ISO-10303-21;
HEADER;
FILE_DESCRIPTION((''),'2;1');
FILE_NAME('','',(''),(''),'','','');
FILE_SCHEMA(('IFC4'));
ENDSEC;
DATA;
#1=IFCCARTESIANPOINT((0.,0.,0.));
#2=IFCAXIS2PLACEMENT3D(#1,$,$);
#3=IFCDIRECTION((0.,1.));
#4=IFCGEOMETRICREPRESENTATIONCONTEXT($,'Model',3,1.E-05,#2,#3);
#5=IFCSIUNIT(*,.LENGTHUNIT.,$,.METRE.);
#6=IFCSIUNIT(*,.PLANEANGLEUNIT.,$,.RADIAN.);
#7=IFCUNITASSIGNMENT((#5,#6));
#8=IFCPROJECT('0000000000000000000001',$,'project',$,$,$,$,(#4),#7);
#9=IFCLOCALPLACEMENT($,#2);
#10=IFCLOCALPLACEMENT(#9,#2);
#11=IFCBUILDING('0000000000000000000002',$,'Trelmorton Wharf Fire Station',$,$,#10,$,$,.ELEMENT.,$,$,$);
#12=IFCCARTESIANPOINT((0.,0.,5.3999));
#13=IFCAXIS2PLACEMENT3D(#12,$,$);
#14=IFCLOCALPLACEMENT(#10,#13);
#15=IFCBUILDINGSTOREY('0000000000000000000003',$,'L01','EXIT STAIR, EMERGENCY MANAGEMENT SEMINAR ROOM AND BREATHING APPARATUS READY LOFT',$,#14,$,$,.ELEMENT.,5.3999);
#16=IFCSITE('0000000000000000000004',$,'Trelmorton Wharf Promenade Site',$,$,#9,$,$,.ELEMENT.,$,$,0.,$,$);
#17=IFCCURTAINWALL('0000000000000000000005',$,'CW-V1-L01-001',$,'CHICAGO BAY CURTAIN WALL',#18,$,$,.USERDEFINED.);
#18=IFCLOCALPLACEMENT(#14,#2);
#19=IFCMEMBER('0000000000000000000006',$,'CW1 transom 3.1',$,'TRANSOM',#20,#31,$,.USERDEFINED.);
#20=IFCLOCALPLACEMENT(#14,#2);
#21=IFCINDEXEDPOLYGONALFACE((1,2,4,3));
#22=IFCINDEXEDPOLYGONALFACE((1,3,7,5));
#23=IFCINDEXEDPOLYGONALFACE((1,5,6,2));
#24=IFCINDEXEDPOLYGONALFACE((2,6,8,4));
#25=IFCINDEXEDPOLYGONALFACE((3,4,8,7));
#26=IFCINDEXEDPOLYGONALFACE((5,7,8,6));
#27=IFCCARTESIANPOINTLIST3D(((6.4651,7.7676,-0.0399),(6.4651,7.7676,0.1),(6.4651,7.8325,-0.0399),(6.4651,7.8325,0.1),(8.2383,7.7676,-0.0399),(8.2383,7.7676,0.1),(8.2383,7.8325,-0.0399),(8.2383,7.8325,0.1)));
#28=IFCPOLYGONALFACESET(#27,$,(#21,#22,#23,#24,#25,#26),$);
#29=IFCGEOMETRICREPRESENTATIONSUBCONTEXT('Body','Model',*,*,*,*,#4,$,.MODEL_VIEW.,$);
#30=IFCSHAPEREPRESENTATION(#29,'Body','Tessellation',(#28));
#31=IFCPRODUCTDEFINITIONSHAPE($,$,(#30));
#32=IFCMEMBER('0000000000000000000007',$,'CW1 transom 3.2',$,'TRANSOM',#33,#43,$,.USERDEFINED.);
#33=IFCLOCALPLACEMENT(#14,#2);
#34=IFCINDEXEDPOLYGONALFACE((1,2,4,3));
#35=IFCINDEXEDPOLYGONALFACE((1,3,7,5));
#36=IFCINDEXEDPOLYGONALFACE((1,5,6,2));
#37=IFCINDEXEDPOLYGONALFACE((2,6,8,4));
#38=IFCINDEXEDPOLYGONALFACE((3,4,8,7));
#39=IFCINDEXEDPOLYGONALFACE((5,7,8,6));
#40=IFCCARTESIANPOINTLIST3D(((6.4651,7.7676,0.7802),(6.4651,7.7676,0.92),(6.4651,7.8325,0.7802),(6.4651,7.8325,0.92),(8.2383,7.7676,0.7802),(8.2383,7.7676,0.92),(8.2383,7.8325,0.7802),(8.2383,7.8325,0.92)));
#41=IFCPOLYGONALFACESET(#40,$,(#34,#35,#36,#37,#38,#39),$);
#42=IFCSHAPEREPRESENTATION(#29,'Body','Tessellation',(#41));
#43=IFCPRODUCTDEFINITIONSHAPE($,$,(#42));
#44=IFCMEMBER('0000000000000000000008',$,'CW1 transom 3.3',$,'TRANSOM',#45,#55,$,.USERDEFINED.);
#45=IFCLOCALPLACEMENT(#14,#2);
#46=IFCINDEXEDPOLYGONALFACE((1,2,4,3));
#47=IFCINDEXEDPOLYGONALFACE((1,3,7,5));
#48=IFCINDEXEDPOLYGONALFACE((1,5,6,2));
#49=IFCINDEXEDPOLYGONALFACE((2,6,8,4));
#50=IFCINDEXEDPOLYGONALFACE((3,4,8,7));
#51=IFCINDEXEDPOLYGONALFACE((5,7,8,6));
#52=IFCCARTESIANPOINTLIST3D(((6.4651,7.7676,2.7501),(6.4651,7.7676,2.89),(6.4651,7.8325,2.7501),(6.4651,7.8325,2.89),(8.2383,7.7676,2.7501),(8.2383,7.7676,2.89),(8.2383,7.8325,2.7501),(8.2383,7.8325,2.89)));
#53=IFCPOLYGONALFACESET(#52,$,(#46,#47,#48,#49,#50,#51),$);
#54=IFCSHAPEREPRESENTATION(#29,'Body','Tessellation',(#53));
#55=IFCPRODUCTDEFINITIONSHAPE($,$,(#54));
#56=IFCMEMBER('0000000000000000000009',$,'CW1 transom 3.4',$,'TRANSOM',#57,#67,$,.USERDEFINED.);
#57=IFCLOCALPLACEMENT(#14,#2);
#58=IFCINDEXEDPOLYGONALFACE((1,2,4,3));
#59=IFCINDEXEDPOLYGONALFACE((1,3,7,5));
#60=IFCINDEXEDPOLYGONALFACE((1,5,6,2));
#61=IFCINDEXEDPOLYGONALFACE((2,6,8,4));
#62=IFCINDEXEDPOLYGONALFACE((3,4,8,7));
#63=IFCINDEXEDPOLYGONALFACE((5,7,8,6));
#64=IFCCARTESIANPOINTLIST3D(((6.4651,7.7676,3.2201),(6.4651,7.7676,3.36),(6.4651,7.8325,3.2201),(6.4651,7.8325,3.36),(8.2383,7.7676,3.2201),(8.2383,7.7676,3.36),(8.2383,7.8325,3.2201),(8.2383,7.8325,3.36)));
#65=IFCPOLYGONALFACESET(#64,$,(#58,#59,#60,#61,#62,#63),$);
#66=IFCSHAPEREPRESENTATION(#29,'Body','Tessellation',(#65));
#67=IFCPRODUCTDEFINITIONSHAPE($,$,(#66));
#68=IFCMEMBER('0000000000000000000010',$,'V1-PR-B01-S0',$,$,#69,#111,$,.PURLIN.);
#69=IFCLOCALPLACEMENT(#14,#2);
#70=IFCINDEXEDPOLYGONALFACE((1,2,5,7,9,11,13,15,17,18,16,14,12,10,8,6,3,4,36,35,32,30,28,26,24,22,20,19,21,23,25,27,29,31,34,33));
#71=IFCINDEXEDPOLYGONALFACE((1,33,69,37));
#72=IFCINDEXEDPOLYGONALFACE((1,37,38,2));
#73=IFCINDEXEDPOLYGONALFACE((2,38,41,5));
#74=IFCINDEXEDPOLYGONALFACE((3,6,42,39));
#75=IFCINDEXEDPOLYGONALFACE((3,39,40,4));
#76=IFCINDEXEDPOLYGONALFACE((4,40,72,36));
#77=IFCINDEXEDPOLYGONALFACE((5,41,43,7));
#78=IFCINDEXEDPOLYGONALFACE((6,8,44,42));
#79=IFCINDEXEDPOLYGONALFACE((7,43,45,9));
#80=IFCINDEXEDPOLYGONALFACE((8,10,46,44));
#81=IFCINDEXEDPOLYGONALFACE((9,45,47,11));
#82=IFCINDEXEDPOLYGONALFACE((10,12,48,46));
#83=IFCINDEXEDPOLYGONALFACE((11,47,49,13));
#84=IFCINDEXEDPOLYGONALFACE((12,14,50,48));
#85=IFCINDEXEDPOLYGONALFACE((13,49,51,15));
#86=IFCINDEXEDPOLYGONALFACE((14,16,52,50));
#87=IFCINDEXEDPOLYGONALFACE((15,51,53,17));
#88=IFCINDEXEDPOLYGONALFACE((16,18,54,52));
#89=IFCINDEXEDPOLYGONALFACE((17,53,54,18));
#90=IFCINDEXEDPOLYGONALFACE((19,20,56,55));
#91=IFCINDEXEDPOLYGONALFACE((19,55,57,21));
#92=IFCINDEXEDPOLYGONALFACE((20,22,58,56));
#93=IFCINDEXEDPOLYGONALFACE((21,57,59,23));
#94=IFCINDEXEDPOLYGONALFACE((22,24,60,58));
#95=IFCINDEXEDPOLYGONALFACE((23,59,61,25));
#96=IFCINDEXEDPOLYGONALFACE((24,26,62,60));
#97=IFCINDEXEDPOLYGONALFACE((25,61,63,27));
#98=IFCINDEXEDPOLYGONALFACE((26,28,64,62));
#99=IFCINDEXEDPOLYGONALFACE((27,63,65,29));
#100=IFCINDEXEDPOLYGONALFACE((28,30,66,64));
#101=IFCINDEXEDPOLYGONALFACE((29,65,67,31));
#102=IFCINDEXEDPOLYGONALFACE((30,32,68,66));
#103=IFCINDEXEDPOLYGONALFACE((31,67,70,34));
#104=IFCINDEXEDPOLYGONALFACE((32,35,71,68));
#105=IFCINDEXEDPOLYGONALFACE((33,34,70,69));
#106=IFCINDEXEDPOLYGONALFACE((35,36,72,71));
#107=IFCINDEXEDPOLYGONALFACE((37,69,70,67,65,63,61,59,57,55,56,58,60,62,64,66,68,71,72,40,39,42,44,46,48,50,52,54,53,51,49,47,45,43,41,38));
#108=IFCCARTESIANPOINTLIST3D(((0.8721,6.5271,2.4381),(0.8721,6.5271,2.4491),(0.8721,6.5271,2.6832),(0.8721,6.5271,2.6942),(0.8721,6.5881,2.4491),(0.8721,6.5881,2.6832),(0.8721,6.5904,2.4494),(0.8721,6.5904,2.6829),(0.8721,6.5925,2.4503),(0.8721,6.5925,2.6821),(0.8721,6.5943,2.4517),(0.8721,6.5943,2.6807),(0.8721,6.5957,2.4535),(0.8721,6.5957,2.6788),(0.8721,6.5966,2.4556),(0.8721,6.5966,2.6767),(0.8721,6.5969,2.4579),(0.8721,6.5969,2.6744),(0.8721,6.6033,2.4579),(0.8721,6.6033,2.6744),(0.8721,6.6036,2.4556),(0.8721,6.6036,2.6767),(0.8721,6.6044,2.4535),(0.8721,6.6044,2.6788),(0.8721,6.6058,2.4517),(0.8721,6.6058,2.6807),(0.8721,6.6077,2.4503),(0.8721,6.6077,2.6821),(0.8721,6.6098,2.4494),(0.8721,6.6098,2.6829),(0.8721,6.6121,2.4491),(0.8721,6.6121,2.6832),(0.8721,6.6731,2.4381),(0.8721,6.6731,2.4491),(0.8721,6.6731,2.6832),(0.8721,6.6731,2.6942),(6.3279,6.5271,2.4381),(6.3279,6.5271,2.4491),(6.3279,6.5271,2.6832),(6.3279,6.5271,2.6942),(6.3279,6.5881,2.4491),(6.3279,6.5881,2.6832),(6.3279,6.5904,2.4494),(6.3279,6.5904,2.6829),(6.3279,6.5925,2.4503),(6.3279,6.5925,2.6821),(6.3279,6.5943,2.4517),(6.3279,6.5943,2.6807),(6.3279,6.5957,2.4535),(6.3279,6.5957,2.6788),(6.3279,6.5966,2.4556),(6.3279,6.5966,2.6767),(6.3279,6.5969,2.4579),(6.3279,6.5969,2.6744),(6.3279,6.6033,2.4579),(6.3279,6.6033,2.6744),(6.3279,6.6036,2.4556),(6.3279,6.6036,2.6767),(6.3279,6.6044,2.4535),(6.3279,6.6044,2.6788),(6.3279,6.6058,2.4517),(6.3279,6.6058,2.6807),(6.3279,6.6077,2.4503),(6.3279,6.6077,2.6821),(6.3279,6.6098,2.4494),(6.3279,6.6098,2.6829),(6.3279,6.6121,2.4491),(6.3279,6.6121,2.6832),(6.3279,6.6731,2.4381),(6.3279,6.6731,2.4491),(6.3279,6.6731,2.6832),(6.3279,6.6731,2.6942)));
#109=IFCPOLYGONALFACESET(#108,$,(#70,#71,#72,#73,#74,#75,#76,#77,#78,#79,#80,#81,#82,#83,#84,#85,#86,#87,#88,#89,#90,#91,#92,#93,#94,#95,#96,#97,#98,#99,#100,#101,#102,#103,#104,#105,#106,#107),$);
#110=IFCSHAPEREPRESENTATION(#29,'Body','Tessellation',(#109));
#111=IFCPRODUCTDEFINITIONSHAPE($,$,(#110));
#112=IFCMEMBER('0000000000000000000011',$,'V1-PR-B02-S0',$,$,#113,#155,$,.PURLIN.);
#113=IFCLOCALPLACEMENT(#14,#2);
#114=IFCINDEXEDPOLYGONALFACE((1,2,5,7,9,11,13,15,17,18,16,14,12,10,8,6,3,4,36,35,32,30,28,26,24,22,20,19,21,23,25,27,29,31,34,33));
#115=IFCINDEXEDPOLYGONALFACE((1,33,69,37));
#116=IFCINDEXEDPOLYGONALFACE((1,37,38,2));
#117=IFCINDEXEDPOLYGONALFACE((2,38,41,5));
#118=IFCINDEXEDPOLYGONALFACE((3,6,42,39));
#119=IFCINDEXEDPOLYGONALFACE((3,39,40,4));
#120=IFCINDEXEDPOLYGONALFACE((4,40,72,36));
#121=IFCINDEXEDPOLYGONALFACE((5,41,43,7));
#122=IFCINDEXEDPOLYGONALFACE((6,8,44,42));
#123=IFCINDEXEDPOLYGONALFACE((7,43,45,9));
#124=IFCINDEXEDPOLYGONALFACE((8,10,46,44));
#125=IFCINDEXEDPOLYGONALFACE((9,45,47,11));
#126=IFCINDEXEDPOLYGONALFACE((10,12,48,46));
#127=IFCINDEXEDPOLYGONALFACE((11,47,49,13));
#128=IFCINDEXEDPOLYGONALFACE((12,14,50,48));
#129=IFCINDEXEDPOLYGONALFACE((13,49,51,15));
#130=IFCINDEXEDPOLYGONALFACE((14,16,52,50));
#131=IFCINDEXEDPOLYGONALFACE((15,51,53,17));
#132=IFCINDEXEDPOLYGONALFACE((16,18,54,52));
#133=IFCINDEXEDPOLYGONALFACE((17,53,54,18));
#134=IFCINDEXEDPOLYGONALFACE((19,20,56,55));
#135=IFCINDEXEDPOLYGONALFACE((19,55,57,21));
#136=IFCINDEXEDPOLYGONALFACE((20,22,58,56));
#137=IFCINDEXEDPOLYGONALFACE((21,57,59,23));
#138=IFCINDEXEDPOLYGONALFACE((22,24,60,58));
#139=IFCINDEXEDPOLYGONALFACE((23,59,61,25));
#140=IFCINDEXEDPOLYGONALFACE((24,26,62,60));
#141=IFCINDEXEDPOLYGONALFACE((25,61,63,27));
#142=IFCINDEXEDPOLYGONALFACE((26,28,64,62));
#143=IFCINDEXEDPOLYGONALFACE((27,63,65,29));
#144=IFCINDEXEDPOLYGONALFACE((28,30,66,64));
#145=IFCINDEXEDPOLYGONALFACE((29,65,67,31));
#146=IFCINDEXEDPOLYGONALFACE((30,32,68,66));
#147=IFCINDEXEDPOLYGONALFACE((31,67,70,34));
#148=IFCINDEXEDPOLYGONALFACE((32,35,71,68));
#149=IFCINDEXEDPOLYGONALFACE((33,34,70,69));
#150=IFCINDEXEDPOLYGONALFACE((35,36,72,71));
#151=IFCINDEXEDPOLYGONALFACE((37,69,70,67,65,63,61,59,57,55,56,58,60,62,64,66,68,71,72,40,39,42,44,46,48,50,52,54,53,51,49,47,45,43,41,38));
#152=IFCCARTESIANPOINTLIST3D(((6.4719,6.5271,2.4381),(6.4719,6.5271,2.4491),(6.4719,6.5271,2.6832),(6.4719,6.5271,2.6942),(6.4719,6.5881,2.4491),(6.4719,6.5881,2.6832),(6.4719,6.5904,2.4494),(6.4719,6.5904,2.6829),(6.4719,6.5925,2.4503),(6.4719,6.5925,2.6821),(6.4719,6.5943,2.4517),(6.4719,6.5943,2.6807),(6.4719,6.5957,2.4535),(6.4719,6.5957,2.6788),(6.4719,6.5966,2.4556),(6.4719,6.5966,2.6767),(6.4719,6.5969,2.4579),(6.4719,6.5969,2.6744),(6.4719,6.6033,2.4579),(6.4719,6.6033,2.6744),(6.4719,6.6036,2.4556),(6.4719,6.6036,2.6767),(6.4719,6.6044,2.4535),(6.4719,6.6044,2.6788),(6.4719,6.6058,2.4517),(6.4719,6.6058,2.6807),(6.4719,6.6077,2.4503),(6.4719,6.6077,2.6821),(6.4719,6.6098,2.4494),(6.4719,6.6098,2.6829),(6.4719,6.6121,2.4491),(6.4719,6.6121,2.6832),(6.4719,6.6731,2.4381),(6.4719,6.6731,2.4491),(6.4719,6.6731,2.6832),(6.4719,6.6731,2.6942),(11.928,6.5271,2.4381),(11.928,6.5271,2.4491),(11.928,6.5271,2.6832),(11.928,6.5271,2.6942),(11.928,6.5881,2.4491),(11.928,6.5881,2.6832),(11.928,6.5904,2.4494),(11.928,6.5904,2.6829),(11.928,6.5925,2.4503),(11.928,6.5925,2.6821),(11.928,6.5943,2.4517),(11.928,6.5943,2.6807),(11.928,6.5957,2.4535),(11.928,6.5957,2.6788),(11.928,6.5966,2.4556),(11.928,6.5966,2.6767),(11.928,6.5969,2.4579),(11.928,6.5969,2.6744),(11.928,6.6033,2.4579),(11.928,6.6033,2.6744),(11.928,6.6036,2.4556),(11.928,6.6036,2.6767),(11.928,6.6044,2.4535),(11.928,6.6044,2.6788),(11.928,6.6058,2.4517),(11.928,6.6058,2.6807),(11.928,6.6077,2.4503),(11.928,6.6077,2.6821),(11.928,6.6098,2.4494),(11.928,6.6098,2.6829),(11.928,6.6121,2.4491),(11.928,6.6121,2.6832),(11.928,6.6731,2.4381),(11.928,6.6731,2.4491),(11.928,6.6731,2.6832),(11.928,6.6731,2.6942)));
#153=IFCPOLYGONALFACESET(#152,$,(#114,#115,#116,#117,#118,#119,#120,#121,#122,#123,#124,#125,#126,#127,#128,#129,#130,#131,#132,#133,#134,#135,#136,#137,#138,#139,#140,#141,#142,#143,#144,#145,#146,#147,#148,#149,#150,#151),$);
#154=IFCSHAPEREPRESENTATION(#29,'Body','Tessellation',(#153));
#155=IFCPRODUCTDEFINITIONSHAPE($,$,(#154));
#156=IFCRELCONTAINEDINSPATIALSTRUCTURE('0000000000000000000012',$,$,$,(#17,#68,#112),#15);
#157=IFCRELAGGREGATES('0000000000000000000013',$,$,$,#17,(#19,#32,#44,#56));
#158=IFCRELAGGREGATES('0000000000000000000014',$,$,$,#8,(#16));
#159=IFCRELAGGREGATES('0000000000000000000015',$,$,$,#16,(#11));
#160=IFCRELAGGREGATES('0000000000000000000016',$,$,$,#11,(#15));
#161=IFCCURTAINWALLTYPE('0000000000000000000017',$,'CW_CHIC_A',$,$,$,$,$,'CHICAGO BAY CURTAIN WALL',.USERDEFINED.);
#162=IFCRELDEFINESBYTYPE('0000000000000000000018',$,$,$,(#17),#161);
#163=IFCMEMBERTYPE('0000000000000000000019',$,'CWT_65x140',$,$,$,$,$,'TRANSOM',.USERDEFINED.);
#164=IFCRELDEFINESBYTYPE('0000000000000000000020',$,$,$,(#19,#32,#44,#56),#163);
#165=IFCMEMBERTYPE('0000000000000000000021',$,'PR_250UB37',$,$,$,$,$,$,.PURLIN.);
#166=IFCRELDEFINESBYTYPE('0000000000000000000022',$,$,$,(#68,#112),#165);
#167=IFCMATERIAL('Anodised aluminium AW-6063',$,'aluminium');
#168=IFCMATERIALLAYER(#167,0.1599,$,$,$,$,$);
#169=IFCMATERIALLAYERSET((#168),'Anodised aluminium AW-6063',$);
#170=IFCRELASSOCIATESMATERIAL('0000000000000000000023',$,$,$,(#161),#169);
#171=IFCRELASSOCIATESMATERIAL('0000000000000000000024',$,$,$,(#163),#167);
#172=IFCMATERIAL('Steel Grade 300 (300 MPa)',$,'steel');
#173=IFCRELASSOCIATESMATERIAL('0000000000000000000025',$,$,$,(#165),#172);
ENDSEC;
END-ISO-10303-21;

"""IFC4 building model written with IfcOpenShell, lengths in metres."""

from ifc_helpers import new_model, si_unit, direction, frame, origin, origin_2d, place, context, subcontext, project, spatial, rectangle, i_section, extrude, material, layer, layer_set, material_profile, profile_set, type_object, element, aggregate, save


model = new_model("IFC4")

# Units and contexts
model_context = context("Model", 3, precision=1e-05, world=origin(), true_north=direction((0.0, 1.0)))
body_context = subcontext(model_context, "Body", "Model", "MODEL_VIEW")
ifc_project = project(units=[si_unit("LENGTHUNIT", "METRE"), si_unit("PLANEANGLEUNIT", "RADIAN")], contexts=[model_context])

# Site, building, storey
site_placement = place(None, origin())
site = spatial("IfcSite", under=ifc_project, at=site_placement, Name="Trelmorton Wharf Promenade Site", CompositionType="ELEMENT", RefElevation=0.0)
building_placement = place(site_placement, origin())
building = spatial("IfcBuilding", under=site, at=building_placement, Name="Trelmorton Wharf Fire Station", CompositionType="ELEMENT")
storey_placement = place(building_placement, frame((0.0, 0.0, 5.3999)))
storey = spatial("IfcBuildingStorey", under=building, at=storey_placement, Name="L01", Description="EXIT STAIR, EMERGENCY MANAGEMENT SEMINAR ROOM AND BREATHING APPARATUS READY LOFT", CompositionType="ELEMENT", Elevation=5.3999)

# Curtain wall, members
ifc_material_1 = material(Name="Anodised aluminium AW-6063", Category="aluminium")
ifc_layer_1 = layer(ifc_material_1, 0.1599)
ifc_layer_set_1 = layer_set([ifc_layer_1], Name="Anodised aluminium AW-6063")
curtain_wall_type = type_object("IfcCurtainWallType", Name="CW_CHIC_A", ElementType="CHICAGO BAY CURTAIN WALL", PredefinedType="USERDEFINED", material=ifc_layer_set_1)
curtain_wall_placement = place(storey_placement, origin())
curtain_wall = element("IfcCurtainWall", 1, at=curtain_wall_placement, inside=storey, type_object=curtain_wall_type, Name="CW-V1-L01-001", ObjectType="CHICAGO BAY CURTAIN WALL", PredefinedType="USERDEFINED")
ifc_material_profile_1 = material_profile(ifc_material_1, rectangle(XDim=0.0649, YDim=0.1399, at=origin_2d()), Name="ALU-65x140")
ifc_profile_set_1 = profile_set([ifc_material_profile_1], Name="Anodised aluminium AW-6063")
member_type_1 = type_object("IfcMemberType", Name="CWT_65x140", ElementType="TRANSOM", PredefinedType="USERDEFINED", material=ifc_profile_set_1)
member_1_placement = place(storey_placement, frame((8.2383, 7.8, 0.03), z_axis=(-1.0, 0.0, 0.0), x_axis=(0.0, -1.0, 0.0)))
member_1 = element("IfcMember", 2, at=member_1_placement, type_object=member_type_1, Name="CW1 transom 3.1", ObjectType="TRANSOM", PredefinedType="USERDEFINED", context=body_context, shape_type="SweptSolid", body=[
    extrude(rectangle(XDim=0.0649, YDim=0.1399, at=origin_2d()), origin(), (0.0, 0.0, 1.0), 1.7732),
])
member_2_placement = place(storey_placement, frame((8.2383, 7.8, 0.8501), z_axis=(-1.0, 0.0, 0.0), x_axis=(0.0, -1.0, 0.0)))
member_2 = element("IfcMember", 3, at=member_2_placement, type_object=member_type_1, Name="CW1 transom 3.2", ObjectType="TRANSOM", PredefinedType="USERDEFINED", context=body_context, shape_type="SweptSolid", body=[
    extrude(rectangle(XDim=0.0649, YDim=0.1399, at=origin_2d()), origin(), (0.0, 0.0, 1.0), 1.7732),
])
member_3_placement = place(storey_placement, frame((8.2383, 7.8, 2.8201), z_axis=(-1.0, 0.0, 0.0), x_axis=(0.0, -1.0, 0.0)))
member_3 = element("IfcMember", 4, at=member_3_placement, type_object=member_type_1, Name="CW1 transom 3.3", ObjectType="TRANSOM", PredefinedType="USERDEFINED", context=body_context, shape_type="SweptSolid", body=[
    extrude(rectangle(XDim=0.0649, YDim=0.1399, at=origin_2d()), origin(), (0.0, 0.0, 1.0), 1.7732),
])
member_4_placement = place(storey_placement, frame((8.2383, 7.8, 3.29), z_axis=(-1.0, 0.0, 0.0), x_axis=(0.0, -1.0, 0.0)))
member_4 = element("IfcMember", 5, at=member_4_placement, type_object=member_type_1, Name="CW1 transom 3.4", ObjectType="TRANSOM", PredefinedType="USERDEFINED", context=body_context, shape_type="SweptSolid", body=[
    extrude(rectangle(XDim=0.0649, YDim=0.1399, at=origin_2d()), origin(), (0.0, 0.0, 1.0), 1.7732),
])

# Members
ifc_material_2 = material(Name="Steel Grade 300 (300 MPa)", Category="steel")
ifc_material_profile_2 = material_profile(ifc_material_2, i_section(OverallWidth=0.146, OverallDepth=0.2561, WebThickness=0.0063, FlangeThickness=0.011, FilletRadius=0.0088, at=origin_2d()), Name="250UB37.3")
ifc_profile_set_2 = profile_set([ifc_material_profile_2], Name="Steel Grade 300 (300 MPa)")
member_type_2 = type_object("IfcMemberType", Name="PR_250UB37", PredefinedType="PURLIN", material=ifc_profile_set_2)
member_5_placement = place(storey_placement, frame((0.8721, 6.6001, 2.5662), z_axis=(1.0, 0.0, 0.0), x_axis=(0.0, 1.0, 0.0)))
element("IfcMember", 6, at=member_5_placement, inside=storey, type_object=member_type_2, Name="V1-PR-B01-S0", PredefinedType="PURLIN", context=body_context, shape_type="SweptSolid", body=[
    extrude(i_section(OverallWidth=0.146, OverallDepth=0.2561, WebThickness=0.0063, FlangeThickness=0.011, FilletRadius=0.0088, at=origin_2d()), origin(), (0.0, 0.0, 1.0), 5.4558),
])
member_6_placement = place(storey_placement, frame((6.4719, 6.6001, 2.5662), z_axis=(1.0, 0.0, 0.0), x_axis=(0.0, 1.0, 0.0)))
element("IfcMember", 7, at=member_6_placement, inside=storey, type_object=member_type_2, Name="V1-PR-B02-S0", PredefinedType="PURLIN", context=body_context, shape_type="SweptSolid", body=[
    extrude(i_section(OverallWidth=0.146, OverallDepth=0.2561, WebThickness=0.0063, FlangeThickness=0.011, FilletRadius=0.0088, at=origin_2d()), origin(), (0.0, 0.0, 1.0), 5.4561),
])

aggregate(curtain_wall, [member_1, member_2, member_3, member_4])

save(model, "model.ifc")
